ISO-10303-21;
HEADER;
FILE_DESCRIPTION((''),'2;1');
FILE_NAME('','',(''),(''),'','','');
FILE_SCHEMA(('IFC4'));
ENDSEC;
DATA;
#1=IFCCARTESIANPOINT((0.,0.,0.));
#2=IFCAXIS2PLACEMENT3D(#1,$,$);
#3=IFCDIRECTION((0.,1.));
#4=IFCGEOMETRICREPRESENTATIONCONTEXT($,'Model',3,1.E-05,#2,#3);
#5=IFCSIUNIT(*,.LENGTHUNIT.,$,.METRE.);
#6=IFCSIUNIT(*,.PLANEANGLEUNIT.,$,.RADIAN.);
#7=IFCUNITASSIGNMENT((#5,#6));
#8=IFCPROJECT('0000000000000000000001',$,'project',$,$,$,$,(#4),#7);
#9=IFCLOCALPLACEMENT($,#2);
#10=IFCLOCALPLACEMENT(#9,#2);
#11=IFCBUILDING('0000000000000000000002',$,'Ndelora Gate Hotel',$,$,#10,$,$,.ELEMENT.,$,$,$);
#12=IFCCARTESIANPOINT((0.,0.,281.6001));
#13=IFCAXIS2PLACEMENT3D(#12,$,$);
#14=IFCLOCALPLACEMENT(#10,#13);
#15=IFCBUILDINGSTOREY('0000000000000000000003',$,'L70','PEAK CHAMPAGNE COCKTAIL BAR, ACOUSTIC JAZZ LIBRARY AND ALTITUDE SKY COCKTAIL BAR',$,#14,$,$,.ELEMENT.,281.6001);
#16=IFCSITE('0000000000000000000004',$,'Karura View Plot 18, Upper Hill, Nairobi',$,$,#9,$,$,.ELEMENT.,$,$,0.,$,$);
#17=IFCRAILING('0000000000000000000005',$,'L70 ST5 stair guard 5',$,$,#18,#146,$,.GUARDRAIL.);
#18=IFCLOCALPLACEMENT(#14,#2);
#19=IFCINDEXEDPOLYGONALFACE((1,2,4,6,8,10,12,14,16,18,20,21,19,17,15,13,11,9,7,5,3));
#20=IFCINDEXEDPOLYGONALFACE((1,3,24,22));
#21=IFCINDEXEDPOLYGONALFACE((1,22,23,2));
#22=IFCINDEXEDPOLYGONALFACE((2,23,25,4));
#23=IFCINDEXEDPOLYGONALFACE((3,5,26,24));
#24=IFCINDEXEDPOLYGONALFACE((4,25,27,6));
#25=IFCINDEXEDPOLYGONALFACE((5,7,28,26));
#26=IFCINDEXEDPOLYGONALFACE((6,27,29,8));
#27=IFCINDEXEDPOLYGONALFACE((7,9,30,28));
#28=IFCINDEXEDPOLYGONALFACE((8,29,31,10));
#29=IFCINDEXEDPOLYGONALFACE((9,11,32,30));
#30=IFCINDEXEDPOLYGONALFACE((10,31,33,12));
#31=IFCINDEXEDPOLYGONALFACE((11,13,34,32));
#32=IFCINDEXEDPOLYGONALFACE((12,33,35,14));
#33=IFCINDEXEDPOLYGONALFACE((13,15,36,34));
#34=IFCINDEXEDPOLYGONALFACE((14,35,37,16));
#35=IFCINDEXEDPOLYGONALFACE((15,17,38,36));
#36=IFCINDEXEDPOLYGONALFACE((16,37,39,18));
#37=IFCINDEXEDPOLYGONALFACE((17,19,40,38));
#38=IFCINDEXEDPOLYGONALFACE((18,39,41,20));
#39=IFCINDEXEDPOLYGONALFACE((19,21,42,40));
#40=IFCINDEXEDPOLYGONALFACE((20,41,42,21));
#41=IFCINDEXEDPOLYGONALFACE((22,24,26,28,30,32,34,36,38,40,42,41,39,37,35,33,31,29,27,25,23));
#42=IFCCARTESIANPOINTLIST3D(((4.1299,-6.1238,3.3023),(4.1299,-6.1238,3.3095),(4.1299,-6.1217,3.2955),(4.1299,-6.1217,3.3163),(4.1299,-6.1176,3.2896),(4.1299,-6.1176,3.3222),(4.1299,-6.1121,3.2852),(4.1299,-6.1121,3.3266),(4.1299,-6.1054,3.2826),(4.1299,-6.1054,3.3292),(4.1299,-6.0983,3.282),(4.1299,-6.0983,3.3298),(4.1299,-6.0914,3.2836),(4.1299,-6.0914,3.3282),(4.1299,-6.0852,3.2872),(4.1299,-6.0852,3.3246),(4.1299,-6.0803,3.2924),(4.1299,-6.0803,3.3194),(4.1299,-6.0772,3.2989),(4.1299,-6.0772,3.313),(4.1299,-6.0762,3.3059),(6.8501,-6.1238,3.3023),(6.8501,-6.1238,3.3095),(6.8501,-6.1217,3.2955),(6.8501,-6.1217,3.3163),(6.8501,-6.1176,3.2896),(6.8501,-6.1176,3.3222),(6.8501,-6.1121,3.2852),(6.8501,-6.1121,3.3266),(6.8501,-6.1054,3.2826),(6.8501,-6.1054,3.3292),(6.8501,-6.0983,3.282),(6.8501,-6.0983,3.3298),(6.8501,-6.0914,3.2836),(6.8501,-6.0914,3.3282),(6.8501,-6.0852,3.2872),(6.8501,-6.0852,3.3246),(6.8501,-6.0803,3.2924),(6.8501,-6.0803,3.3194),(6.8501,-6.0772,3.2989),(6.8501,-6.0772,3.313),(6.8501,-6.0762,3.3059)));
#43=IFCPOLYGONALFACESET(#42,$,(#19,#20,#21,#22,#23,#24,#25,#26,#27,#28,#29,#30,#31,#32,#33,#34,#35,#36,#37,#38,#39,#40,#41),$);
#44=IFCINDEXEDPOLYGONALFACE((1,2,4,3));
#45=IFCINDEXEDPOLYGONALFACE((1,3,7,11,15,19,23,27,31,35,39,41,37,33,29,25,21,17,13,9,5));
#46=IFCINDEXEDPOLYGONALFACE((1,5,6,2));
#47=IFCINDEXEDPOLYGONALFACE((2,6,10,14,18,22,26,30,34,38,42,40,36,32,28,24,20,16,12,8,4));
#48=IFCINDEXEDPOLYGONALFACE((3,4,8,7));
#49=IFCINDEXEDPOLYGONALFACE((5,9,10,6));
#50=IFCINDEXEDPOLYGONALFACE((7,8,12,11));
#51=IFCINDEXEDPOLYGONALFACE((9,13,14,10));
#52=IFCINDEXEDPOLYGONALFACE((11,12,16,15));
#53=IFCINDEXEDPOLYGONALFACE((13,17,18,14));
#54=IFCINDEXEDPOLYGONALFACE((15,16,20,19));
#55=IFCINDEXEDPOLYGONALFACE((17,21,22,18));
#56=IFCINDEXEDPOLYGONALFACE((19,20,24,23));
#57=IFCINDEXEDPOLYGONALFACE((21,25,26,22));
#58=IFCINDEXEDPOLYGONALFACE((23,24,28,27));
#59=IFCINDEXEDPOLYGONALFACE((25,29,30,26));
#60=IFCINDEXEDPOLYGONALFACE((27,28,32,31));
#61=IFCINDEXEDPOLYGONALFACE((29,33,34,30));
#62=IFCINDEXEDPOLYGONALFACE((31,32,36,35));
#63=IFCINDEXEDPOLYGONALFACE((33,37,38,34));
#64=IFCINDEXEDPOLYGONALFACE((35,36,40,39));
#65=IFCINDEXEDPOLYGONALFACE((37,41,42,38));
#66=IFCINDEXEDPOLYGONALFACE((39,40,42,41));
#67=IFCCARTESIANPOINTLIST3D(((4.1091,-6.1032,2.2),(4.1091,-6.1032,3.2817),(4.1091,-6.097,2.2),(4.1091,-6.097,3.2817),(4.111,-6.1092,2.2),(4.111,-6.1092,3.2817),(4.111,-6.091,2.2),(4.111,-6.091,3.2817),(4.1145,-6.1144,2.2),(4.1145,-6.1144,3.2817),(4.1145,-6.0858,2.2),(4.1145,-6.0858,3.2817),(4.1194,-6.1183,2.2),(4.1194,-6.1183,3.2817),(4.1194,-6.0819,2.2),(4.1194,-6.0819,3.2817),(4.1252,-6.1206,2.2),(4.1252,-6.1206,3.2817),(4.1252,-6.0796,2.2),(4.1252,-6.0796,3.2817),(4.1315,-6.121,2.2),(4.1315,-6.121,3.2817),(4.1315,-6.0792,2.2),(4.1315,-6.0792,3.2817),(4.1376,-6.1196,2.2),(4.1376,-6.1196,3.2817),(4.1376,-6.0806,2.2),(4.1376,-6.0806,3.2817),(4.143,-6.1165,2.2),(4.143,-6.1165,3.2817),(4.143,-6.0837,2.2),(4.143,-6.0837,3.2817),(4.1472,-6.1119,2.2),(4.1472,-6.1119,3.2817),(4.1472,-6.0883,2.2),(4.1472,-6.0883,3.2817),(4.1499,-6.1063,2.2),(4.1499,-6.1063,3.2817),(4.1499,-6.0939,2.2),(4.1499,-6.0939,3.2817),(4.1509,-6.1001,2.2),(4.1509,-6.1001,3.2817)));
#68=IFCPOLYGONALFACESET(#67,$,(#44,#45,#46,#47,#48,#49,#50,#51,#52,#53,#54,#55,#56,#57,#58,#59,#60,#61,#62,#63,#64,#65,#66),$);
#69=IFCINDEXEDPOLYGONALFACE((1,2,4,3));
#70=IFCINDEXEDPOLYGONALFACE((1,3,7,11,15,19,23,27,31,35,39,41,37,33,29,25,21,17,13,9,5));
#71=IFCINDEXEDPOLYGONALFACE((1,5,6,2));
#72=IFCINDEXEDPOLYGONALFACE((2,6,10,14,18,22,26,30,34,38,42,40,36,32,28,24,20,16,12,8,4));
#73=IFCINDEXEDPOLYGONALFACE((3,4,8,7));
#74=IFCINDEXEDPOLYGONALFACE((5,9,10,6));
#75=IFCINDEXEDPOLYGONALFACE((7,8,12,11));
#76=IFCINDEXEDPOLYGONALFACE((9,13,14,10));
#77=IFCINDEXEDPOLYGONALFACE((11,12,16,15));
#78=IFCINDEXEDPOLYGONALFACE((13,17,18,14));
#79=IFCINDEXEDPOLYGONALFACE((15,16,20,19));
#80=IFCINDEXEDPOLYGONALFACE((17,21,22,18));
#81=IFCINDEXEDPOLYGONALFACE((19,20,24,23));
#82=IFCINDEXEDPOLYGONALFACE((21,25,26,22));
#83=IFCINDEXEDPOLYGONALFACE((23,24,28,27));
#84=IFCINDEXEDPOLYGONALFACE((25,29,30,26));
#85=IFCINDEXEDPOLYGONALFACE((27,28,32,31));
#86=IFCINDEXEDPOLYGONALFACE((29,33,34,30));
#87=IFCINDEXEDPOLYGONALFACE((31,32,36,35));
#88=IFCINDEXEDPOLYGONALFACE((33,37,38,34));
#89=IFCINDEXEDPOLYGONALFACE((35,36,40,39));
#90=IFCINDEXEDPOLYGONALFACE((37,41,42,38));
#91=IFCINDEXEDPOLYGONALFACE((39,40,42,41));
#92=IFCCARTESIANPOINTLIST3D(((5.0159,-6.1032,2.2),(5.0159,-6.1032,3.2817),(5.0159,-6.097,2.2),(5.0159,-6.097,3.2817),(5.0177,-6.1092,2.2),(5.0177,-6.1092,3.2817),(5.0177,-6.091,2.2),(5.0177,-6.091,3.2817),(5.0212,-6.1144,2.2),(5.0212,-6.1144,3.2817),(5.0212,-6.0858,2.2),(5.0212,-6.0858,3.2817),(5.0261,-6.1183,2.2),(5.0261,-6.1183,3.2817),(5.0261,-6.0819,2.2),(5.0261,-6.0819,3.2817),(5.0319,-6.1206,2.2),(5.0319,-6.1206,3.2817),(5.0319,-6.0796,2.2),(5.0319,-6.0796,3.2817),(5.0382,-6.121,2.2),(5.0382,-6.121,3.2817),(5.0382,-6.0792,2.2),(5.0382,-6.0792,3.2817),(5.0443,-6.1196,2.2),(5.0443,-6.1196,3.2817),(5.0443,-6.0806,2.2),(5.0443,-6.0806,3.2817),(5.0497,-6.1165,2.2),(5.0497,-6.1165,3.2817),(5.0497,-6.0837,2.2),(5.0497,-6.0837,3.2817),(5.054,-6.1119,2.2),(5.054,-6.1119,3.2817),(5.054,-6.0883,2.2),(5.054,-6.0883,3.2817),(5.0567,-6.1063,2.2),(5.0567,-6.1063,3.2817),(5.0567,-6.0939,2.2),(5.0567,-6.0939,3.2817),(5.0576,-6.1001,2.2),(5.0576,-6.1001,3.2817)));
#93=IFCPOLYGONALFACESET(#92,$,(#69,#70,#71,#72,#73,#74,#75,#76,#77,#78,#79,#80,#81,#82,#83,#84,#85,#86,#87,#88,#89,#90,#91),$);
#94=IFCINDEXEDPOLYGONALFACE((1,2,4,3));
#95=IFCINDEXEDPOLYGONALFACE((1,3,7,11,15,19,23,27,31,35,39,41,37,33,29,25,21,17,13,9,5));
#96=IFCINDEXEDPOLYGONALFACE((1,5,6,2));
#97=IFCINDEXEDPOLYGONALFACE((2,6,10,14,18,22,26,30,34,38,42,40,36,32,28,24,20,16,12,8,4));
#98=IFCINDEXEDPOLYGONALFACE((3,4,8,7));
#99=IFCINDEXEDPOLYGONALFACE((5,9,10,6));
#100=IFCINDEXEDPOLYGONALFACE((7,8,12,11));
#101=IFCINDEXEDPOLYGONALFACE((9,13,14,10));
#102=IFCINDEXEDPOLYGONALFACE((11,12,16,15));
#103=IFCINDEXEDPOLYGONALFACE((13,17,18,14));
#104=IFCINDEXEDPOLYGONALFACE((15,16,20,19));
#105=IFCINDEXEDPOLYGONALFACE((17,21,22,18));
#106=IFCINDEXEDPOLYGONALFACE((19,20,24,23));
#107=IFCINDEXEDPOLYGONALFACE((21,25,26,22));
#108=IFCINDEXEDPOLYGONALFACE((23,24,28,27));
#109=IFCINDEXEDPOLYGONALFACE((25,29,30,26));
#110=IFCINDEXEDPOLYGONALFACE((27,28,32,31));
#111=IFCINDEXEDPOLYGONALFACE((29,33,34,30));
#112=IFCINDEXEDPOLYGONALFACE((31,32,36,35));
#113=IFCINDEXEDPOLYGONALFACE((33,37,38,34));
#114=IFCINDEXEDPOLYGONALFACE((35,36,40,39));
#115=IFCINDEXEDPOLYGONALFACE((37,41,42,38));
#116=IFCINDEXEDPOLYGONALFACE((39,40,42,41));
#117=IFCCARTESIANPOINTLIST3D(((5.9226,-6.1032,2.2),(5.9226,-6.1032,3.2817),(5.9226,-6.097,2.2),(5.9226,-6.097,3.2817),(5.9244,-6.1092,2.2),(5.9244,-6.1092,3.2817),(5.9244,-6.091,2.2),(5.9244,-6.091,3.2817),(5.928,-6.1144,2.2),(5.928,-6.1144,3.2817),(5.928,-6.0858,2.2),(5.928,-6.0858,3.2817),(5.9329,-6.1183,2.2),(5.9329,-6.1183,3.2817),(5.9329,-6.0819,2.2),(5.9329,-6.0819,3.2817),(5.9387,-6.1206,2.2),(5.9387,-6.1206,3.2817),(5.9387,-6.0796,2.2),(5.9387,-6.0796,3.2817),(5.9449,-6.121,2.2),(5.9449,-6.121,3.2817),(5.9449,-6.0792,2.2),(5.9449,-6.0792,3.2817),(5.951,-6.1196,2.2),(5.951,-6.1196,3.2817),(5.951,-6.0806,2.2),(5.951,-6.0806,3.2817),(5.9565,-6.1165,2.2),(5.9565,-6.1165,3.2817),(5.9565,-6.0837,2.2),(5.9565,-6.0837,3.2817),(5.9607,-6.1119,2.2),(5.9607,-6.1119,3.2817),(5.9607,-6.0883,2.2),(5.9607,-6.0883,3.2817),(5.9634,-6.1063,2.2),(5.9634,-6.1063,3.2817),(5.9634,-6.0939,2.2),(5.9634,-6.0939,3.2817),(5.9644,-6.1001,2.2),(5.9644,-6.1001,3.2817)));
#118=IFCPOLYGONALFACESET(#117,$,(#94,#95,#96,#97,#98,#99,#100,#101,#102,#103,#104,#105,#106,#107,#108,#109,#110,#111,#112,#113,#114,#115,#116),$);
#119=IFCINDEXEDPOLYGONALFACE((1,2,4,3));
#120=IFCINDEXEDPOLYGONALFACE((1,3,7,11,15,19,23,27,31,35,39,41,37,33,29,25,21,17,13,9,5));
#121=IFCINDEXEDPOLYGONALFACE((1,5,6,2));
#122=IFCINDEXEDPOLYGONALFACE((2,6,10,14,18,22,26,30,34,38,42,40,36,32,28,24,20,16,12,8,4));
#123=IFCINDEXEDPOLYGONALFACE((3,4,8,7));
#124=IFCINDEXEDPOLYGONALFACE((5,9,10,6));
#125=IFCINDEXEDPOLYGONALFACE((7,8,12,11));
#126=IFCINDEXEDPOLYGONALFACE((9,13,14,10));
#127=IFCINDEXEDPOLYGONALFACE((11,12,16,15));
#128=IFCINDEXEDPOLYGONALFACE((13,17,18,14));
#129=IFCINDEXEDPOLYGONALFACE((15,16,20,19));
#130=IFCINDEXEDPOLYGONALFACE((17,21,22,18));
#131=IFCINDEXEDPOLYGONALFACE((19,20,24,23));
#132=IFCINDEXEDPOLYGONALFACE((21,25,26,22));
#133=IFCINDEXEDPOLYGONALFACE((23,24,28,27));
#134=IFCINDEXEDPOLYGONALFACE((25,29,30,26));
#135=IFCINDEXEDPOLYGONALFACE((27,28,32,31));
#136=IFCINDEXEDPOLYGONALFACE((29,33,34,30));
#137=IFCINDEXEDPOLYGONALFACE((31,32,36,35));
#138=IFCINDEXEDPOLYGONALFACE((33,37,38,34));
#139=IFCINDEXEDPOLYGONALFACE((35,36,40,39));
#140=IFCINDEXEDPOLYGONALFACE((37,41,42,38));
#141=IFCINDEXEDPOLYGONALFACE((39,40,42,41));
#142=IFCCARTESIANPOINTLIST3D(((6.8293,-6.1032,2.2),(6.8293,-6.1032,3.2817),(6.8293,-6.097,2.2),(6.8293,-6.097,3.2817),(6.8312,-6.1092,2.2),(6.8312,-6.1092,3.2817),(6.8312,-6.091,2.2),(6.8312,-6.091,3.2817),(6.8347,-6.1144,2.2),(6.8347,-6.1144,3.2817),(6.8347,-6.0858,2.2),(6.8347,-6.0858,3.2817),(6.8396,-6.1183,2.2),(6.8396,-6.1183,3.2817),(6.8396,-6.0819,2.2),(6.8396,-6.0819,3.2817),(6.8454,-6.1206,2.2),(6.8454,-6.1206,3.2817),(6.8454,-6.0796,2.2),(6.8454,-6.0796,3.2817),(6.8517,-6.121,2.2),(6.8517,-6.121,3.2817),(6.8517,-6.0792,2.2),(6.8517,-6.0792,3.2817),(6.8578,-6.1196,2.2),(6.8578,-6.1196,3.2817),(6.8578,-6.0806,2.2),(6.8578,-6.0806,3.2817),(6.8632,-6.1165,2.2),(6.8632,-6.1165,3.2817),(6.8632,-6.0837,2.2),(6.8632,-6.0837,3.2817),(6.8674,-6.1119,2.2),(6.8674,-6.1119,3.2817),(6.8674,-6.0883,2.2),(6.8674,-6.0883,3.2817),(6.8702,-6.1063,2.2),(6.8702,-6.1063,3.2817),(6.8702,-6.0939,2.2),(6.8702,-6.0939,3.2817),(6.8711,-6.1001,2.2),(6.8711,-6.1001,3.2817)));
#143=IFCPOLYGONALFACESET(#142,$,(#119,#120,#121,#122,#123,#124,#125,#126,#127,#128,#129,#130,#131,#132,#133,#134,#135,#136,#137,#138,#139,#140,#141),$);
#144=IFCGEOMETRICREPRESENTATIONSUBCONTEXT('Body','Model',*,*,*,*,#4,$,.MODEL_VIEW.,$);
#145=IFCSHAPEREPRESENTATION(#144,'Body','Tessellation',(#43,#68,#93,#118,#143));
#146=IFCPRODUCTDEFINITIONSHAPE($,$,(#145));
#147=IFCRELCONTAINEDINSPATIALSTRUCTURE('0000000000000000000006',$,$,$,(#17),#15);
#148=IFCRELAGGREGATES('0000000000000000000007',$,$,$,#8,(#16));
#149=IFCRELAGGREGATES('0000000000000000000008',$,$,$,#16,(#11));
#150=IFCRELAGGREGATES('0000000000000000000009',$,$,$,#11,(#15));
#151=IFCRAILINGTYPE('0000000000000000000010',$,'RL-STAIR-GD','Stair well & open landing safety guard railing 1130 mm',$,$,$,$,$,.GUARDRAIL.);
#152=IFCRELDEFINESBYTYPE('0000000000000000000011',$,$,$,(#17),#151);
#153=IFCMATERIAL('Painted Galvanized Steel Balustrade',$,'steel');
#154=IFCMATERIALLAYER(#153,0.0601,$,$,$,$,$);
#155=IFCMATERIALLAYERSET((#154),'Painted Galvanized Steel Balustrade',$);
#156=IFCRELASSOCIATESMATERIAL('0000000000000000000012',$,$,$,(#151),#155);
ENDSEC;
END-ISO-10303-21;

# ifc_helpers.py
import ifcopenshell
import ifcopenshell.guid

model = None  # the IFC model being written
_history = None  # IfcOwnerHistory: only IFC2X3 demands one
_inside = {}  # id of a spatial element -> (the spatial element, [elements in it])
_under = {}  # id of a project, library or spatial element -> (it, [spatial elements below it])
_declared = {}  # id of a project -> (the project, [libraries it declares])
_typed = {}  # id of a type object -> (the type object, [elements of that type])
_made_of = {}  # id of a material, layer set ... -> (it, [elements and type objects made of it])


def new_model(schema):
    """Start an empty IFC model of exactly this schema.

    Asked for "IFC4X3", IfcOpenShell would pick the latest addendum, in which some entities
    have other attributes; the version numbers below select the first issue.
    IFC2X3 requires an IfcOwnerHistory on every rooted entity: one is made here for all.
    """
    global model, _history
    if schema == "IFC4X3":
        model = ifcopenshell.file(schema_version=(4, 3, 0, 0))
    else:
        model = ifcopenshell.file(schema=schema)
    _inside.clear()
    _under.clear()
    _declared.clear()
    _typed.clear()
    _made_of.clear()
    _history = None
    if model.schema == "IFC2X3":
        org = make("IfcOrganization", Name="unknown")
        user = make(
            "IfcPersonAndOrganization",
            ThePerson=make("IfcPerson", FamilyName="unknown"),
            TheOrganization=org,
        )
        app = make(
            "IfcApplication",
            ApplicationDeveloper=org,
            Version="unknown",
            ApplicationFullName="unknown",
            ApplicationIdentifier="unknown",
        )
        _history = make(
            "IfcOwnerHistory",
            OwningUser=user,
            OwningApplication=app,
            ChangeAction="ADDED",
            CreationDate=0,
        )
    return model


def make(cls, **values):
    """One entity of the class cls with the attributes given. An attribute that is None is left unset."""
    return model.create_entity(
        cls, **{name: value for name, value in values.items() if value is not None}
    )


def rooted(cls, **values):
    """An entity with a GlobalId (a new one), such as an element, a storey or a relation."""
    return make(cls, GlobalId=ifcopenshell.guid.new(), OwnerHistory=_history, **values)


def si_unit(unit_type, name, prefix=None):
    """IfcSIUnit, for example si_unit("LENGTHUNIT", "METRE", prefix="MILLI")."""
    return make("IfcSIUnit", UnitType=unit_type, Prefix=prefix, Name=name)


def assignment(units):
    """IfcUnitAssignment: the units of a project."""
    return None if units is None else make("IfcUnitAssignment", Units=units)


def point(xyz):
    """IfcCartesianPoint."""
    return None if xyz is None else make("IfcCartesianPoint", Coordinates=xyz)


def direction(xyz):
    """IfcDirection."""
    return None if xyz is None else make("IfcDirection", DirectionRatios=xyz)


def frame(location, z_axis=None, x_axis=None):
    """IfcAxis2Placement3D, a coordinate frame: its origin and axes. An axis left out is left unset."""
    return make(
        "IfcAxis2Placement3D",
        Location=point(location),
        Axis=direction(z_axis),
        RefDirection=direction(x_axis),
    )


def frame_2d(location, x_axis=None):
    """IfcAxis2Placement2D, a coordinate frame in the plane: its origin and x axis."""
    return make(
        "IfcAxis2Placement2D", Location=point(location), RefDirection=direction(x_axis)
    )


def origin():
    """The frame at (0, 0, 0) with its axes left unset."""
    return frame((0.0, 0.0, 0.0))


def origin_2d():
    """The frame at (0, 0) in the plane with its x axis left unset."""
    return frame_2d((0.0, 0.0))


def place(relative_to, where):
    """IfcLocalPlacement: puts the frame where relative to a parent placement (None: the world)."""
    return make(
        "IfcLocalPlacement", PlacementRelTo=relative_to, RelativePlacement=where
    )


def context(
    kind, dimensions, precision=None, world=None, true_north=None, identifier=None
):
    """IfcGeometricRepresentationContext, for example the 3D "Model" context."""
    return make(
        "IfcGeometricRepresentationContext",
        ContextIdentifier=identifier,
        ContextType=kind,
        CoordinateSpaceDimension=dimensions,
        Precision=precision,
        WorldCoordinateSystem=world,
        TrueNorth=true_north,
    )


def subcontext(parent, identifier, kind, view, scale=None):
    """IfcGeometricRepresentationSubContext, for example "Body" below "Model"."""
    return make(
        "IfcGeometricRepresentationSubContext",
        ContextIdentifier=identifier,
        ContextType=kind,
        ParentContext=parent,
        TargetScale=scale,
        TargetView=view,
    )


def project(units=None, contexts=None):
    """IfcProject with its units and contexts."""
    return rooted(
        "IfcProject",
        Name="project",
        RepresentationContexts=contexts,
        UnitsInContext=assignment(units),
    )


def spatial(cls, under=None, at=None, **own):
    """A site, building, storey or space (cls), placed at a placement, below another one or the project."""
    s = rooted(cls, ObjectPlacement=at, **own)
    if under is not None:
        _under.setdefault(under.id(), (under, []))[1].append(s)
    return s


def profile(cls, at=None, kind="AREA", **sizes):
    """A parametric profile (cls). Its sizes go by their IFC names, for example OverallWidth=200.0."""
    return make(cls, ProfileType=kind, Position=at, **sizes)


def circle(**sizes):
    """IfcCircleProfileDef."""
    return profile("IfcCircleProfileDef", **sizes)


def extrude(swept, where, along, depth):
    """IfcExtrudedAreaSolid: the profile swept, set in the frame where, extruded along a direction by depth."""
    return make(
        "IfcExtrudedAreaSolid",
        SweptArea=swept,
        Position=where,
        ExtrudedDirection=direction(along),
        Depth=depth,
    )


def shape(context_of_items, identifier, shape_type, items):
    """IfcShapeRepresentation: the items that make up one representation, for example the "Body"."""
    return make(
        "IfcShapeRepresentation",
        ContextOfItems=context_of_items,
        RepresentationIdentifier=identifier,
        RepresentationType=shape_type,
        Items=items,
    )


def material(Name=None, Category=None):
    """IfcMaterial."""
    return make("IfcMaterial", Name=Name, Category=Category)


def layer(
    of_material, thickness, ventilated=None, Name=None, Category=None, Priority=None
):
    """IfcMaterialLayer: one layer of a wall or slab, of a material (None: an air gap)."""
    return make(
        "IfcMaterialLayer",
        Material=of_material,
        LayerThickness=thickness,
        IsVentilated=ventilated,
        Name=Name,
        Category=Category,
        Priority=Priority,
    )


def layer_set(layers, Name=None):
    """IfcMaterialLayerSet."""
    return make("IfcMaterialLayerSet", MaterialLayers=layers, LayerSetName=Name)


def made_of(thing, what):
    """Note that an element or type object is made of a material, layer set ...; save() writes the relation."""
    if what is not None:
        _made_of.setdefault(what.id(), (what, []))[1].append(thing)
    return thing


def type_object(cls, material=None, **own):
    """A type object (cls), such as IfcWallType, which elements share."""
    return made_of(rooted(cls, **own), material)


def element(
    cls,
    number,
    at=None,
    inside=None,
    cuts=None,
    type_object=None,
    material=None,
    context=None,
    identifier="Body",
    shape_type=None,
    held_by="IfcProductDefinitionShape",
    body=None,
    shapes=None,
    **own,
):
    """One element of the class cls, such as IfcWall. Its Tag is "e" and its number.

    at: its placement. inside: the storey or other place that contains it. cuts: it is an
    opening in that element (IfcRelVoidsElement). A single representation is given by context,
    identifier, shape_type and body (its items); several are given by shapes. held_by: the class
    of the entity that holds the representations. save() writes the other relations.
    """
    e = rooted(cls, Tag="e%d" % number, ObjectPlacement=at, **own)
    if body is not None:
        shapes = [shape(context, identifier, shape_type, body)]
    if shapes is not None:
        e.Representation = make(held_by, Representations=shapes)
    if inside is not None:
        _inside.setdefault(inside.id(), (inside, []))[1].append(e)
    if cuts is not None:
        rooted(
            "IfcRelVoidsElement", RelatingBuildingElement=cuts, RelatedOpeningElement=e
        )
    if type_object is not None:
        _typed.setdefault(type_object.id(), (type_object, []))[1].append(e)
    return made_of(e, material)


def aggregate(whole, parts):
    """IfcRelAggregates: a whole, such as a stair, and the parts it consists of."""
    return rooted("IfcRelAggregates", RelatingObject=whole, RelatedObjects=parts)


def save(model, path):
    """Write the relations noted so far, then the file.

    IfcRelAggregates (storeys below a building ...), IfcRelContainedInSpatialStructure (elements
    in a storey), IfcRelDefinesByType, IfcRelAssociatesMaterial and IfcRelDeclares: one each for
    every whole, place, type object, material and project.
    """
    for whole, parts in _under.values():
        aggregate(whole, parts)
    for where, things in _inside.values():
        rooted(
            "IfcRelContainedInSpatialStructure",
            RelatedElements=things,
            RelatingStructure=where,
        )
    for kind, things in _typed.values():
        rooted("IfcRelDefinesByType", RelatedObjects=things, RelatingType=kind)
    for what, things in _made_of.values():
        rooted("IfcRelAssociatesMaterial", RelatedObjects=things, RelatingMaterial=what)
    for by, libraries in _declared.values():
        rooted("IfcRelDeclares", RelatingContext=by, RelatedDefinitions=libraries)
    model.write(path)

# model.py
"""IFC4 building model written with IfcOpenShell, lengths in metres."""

from ifc_helpers import new_model, si_unit, direction, frame, origin, origin_2d, place, context, subcontext, project, spatial, circle, extrude, material, layer, layer_set, type_object, element, save


model = new_model("IFC4")

# Units and contexts
model_context = context("Model", 3, precision=1e-05, world=origin(), true_north=direction((0.0, 1.0)))
body_context = subcontext(model_context, "Body", "Model", "MODEL_VIEW")
ifc_project = project(units=[si_unit("LENGTHUNIT", "METRE"), si_unit("PLANEANGLEUNIT", "RADIAN")], contexts=[model_context])

# Site, building, storey
site_placement = place(None, origin())
site = spatial("IfcSite", under=ifc_project, at=site_placement, Name="Karura View Plot 18, Upper Hill, Nairobi", CompositionType="ELEMENT", RefElevation=0.0)
building_placement = place(site_placement, origin())
building = spatial("IfcBuilding", under=site, at=building_placement, Name="Ndelora Gate Hotel", CompositionType="ELEMENT")
storey_placement = place(building_placement, frame((0.0, 0.0, 281.6001)))
storey = spatial("IfcBuildingStorey", under=building, at=storey_placement, Name="L70", Description="PEAK CHAMPAGNE COCKTAIL BAR, ACOUSTIC JAZZ LIBRARY AND ALTITUDE SKY COCKTAIL BAR", CompositionType="ELEMENT", Elevation=281.6001)

# Railing
ifc_material_1 = material(Name="Painted Galvanized Steel Balustrade", Category="steel")
ifc_layer_1 = layer(ifc_material_1, 0.0601)
ifc_layer_set_1 = layer_set([ifc_layer_1], Name="Painted Galvanized Steel Balustrade")
railing_type_1 = type_object("IfcRailingType", Name="RL-STAIR-GD", Description="Stair well & open landing safety guard railing 1130 mm", PredefinedType="GUARDRAIL", material=ifc_layer_set_1)
railing_1_placement = place(storey_placement, frame((4.1299, -6.1001, 2.2)))
element("IfcRailing", 1, at=railing_1_placement, inside=storey, type_object=railing_type_1, Name="L70 ST5 stair guard 5", PredefinedType="GUARDRAIL", context=body_context, shape_type="SweptSolid", body=[
    extrude(circle(Radius=0.0239, at=origin_2d()), frame((0.0, 0.0, 1.106), z_axis=(1.0, 0.0, 0.0), x_axis=(0.0, 1.0, 0.0)), (0.0, 0.0, 1.0), 2.7202),
    extrude(circle(Radius=0.021, at=origin_2d()), origin(), (0.0, 0.0, 1.0), 1.0818),
    extrude(circle(Radius=0.021, at=origin_2d()), frame((0.9067, 0.0, 0.0)), (0.0, 0.0, 1.0), 1.0818),
    extrude(circle(Radius=0.021, at=origin_2d()), frame((1.8135, 0.0, 0.0)), (0.0, 0.0, 1.0), 1.0818),
    extrude(circle(Radius=0.021, at=origin_2d()), frame((2.7202, 0.0, 0.0)), (0.0, 0.0, 1.0), 1.0818),
])

save(model, "model.ifc")
